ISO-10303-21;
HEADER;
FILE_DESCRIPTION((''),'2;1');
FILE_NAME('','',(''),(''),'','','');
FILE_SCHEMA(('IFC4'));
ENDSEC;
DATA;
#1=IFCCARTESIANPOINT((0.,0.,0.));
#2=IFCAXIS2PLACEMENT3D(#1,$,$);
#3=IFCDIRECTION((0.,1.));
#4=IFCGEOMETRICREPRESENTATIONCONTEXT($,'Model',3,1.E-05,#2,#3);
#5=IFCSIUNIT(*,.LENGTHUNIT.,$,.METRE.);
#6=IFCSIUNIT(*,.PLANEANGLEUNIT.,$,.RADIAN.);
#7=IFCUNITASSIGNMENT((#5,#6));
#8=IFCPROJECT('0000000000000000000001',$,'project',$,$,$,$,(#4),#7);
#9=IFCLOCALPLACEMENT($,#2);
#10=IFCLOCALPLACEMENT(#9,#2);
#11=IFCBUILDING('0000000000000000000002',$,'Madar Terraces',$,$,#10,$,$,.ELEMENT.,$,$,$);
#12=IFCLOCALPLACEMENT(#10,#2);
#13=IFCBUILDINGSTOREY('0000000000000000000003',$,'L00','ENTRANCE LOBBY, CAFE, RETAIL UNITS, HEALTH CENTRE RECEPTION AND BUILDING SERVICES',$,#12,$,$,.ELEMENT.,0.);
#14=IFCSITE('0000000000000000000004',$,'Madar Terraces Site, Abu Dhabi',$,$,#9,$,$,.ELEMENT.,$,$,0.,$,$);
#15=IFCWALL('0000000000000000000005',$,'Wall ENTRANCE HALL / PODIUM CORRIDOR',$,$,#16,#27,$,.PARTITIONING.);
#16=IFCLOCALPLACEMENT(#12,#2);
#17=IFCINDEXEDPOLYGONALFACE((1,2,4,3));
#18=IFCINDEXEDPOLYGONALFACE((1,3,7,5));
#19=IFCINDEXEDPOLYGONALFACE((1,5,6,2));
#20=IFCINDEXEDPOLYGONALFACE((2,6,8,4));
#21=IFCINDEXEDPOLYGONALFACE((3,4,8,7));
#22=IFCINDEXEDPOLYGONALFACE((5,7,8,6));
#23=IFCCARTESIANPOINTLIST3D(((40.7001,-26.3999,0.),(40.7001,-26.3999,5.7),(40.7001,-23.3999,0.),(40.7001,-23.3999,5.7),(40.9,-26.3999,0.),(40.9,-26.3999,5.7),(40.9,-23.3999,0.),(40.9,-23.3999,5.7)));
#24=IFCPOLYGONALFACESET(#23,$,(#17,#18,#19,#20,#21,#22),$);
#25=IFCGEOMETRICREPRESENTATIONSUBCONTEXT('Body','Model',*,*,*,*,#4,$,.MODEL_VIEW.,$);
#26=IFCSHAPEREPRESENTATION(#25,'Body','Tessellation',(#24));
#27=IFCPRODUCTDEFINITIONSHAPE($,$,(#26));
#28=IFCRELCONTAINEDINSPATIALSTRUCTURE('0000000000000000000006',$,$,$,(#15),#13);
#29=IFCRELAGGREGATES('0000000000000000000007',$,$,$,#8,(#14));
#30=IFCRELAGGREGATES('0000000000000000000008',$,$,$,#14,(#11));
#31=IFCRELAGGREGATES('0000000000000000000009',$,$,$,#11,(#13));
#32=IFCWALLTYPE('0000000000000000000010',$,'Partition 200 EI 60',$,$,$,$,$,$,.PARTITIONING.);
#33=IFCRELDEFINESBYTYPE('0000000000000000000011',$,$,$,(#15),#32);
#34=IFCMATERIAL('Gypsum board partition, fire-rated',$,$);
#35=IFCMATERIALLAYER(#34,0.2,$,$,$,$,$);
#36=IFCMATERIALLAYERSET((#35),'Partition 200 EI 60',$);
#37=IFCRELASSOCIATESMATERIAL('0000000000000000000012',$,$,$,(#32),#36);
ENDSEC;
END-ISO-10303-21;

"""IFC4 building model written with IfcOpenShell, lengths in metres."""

from ifc_helpers import new_model, si_unit, direction, frame, frame_2d, origin, place, context, subcontext, project, spatial, rectangle, extrude, material, layer, layer_set, type_object, element, save


model = new_model("IFC4")

# Units and contexts
model_context = context("Model", 3, precision=1e-05, world=origin(), true_north=direction((0.0, 1.0)))
body_context = subcontext(model_context, "Body", "Model", "MODEL_VIEW")
ifc_project = project(units=[si_unit("LENGTHUNIT", "METRE"), si_unit("PLANEANGLEUNIT", "RADIAN")], contexts=[model_context])

# Site, building, storey
site_placement = place(None, origin())
site = spatial("IfcSite", under=ifc_project, at=site_placement, Name="Madar Terraces Site, Abu Dhabi", CompositionType="ELEMENT", RefElevation=0.0)
building_placement = place(site_placement, origin())
building = spatial("IfcBuilding", under=site, at=building_placement, Name="Madar Terraces", CompositionType="ELEMENT")
storey_placement = place(building_placement, origin())
storey = spatial("IfcBuildingStorey", under=building, at=storey_placement, Name="L00", Description="ENTRANCE LOBBY, CAFE, RETAIL UNITS, HEALTH CENTRE RECEPTION AND BUILDING SERVICES", CompositionType="ELEMENT", Elevation=0.0)

# Wall
ifc_material_1 = material(Name="Gypsum board partition, fire-rated")
ifc_layer = layer(ifc_material_1, 0.2)
ifc_layer_set = layer_set([ifc_layer], Name="Partition 200 EI 60")
wall_type = type_object("IfcWallType", Name="Partition 200 EI 60", PredefinedType="PARTITIONING", material=ifc_layer_set)
wall_1_placement = place(storey_placement, frame((40.8, -26.3999, 0.0), z_axis=(0.0, 0.0, 1.0), x_axis=(0.0, 1.0, 0.0)))
element("IfcWall", 1, at=wall_1_placement, inside=storey, type_object=wall_type, Name="Wall ENTRANCE HALL / PODIUM CORRIDOR", PredefinedType="PARTITIONING", context=body_context, shape_type="SweptSolid", body=[
    extrude(rectangle(XDim=3.0, YDim=0.2, at=frame_2d((1.5, 0.0))), origin(), (0.0, 0.0, 1.0), 5.7),
])

save(model, "model.ifc")
